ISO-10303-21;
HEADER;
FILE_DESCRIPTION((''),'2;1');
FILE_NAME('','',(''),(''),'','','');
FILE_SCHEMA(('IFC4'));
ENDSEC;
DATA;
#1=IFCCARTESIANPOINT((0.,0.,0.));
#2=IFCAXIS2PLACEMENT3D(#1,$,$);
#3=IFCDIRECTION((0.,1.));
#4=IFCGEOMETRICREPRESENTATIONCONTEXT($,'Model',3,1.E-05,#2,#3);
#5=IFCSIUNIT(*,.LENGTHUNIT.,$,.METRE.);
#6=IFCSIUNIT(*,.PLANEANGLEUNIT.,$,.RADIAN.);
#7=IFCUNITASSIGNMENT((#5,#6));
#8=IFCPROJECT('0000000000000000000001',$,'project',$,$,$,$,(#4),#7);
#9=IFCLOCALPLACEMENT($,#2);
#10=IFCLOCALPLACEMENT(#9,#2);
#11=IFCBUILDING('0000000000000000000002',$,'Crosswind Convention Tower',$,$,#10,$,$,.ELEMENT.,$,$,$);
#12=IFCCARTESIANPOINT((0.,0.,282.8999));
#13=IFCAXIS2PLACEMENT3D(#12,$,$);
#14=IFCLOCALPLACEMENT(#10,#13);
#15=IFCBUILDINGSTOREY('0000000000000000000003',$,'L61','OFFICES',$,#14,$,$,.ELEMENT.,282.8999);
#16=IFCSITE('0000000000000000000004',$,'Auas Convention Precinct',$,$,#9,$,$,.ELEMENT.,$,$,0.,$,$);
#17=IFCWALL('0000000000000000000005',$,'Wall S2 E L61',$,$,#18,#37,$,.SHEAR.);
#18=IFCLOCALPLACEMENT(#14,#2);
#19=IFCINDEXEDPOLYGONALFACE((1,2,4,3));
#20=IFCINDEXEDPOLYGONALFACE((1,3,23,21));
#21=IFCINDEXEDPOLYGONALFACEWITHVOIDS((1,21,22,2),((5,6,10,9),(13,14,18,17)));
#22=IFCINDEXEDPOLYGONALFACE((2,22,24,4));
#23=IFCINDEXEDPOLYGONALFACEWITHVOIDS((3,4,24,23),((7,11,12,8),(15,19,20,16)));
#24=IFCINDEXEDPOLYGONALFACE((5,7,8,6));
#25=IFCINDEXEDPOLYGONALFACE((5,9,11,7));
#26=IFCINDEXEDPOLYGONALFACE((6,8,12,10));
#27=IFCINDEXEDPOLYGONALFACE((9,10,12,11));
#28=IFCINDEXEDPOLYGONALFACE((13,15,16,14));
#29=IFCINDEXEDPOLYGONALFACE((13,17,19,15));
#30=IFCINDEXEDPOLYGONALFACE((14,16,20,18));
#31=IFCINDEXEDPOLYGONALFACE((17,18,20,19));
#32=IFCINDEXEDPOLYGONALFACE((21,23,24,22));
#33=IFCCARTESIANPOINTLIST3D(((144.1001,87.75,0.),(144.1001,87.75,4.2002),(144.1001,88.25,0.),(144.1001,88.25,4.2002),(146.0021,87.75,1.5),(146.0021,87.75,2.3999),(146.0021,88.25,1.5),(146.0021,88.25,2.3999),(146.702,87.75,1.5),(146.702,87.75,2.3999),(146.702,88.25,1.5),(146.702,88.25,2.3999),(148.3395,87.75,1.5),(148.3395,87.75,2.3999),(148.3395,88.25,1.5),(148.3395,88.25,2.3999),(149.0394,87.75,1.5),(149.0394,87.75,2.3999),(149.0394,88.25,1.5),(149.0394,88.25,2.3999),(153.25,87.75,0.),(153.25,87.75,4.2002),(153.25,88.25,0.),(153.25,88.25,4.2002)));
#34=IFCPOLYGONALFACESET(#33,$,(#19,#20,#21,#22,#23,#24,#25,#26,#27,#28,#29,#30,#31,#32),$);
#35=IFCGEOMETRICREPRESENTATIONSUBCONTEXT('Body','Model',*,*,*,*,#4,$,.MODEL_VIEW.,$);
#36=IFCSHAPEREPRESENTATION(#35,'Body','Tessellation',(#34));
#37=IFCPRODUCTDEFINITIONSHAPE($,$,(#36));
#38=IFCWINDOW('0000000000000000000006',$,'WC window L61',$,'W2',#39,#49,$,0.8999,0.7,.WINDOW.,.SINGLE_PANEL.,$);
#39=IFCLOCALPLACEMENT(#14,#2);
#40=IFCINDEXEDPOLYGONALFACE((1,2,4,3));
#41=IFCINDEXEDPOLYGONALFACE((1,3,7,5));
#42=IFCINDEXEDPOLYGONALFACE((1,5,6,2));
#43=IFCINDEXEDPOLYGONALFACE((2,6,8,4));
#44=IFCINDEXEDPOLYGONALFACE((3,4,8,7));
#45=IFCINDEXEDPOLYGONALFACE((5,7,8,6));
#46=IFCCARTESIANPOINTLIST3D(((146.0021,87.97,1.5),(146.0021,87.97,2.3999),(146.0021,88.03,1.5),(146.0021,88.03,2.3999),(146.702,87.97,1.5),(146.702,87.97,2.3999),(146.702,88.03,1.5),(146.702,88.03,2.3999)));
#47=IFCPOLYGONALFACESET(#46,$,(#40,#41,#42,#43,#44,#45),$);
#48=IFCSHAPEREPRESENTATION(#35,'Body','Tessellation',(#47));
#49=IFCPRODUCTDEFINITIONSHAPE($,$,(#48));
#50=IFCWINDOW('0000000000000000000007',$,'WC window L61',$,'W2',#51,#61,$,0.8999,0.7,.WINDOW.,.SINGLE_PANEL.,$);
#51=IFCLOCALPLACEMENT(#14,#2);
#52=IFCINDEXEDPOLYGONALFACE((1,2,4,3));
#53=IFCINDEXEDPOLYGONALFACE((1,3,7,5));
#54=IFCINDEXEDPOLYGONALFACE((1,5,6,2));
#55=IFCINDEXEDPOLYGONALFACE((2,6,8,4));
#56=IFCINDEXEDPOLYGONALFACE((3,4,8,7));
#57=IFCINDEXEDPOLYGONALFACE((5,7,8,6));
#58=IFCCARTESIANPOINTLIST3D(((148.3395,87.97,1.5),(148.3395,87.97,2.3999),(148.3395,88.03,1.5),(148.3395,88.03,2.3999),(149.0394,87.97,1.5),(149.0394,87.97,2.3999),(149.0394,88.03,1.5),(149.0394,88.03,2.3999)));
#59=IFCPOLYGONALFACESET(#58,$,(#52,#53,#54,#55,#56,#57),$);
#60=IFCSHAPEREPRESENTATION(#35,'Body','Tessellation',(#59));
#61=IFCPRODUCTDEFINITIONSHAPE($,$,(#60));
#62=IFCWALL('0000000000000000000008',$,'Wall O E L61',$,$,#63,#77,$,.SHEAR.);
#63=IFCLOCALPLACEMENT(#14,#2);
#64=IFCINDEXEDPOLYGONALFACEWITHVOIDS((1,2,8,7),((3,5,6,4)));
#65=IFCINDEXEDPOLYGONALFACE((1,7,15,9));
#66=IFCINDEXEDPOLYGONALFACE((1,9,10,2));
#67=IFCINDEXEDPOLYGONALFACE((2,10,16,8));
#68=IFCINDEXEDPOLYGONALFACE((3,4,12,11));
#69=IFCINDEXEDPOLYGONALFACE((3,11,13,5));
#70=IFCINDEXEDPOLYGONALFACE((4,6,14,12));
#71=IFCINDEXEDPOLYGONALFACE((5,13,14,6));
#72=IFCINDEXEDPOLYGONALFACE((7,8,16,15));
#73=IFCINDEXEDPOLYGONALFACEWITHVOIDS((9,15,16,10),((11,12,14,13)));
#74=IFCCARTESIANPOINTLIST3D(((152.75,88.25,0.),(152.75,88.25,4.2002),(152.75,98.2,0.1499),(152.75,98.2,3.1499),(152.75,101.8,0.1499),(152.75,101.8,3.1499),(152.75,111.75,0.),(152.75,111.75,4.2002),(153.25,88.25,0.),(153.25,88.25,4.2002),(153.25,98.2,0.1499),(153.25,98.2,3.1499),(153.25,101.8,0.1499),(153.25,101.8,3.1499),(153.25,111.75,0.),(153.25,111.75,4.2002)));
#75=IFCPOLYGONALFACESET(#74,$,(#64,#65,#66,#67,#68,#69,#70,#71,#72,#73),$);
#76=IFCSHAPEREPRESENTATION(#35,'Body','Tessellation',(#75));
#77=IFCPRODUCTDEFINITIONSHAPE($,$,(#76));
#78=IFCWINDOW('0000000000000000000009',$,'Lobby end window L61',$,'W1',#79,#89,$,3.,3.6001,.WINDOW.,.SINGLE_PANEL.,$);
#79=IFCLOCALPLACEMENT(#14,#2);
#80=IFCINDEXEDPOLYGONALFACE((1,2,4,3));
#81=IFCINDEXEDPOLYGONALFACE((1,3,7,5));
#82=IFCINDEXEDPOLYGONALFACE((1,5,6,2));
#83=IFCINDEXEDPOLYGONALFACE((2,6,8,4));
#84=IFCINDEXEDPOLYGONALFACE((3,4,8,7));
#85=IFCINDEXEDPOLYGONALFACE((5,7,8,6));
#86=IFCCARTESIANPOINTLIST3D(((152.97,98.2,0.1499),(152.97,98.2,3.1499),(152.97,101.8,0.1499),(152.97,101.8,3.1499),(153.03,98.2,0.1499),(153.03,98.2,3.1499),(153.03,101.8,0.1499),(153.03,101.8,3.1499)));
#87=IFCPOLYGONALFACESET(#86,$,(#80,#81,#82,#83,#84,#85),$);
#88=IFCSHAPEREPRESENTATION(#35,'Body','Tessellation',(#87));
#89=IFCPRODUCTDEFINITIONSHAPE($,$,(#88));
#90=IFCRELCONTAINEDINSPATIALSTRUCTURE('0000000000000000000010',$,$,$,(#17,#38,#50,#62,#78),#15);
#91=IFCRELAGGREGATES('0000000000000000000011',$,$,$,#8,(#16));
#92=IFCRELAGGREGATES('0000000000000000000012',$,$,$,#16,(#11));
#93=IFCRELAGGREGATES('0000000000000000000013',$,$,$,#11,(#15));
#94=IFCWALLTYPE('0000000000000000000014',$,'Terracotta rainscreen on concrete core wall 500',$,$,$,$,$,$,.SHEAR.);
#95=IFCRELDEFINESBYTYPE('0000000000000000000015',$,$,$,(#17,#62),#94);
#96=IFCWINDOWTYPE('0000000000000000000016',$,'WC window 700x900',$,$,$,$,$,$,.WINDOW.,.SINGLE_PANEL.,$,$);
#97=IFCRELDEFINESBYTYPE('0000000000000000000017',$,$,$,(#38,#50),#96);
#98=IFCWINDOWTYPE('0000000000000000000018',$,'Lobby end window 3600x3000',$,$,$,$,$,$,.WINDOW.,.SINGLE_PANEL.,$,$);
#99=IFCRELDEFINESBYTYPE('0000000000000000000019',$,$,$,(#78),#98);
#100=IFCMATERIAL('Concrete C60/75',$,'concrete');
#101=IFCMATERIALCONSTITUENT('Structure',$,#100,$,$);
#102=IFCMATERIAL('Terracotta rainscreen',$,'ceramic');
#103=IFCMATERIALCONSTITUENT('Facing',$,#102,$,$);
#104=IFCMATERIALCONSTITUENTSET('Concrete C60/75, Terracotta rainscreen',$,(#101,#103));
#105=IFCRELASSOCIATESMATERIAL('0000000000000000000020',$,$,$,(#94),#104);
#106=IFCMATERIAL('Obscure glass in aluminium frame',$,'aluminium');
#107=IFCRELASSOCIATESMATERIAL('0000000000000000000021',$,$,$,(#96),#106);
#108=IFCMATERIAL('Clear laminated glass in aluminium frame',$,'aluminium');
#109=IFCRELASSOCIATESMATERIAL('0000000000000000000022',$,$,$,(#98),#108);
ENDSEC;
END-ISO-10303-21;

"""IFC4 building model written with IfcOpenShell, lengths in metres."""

from ifc_helpers import new_model, si_unit, direction, frame, frame_2d, origin, place, context, subcontext, project, spatial, rectangle, extrude, material, constituent, constituent_set, type_object, element, fill, save


model = new_model("IFC4")

# Units and contexts
model_context = context("Model", 3, precision=1e-05, world=origin(), true_north=direction((0.0, 1.0)))
body_context = subcontext(model_context, "Body", "Model", "MODEL_VIEW")
ifc_project = project(units=[si_unit("LENGTHUNIT", "METRE"), si_unit("PLANEANGLEUNIT", "RADIAN")], contexts=[model_context])

# Site, building, storey
site_placement = place(None, origin())
site = spatial("IfcSite", under=ifc_project, at=site_placement, Name="Auas Convention Precinct", CompositionType="ELEMENT", RefElevation=0.0)
building_placement = place(site_placement, origin())
building = spatial("IfcBuilding", under=site, at=building_placement, Name="Crosswind Convention Tower", CompositionType="ELEMENT")
storey_placement = place(building_placement, frame((0.0, 0.0, 282.8999)))
storey = spatial("IfcBuildingStorey", under=building, at=storey_placement, Name="L61", Description="OFFICES", CompositionType="ELEMENT", Elevation=282.8999)

# Wall, openings, windows
ifc_material_1 = material(Name="Concrete C60/75", Category="concrete")
ifc_constituent_1 = constituent(ifc_material_1, Name="Structure")
ifc_material_2 = material(Name="Terracotta rainscreen", Category="ceramic")
ifc_constituent_2 = constituent(ifc_material_2, Name="Facing")
ifc_constituent_set = constituent_set(constituents=[ifc_constituent_1, ifc_constituent_2], Name="Concrete C60/75, Terracotta rainscreen")
wall_type_1 = type_object("IfcWallType", Name="Terracotta rainscreen on concrete core wall 500", PredefinedType="SHEAR", material=ifc_constituent_set)
wall_1_placement = place(storey_placement, frame((144.1001, 88.0, 0.0), z_axis=(0.0, 0.0, 1.0), x_axis=(1.0, 0.0, 0.0)))
wall_1 = element("IfcWall", 1, at=wall_1_placement, inside=storey, type_object=wall_type_1, Name="Wall S2 E L61", PredefinedType="SHEAR", context=body_context, shape_type="SweptSolid", body=[
    extrude(rectangle(XDim=9.1499, YDim=0.5, at=frame_2d((4.575, 0.0))), origin(), (0.0, 0.0, 1.0), 4.2002),
])
opening_1_placement = place(wall_1_placement, frame((1.9019, 0.0, 1.5)))
opening_1 = element("IfcOpeningElement", 2, at=opening_1_placement, cuts=wall_1, PredefinedType="OPENING", context=body_context, shape_type="SweptSolid", body=[
    extrude(rectangle(XDim=0.7, YDim=0.8999, at=frame_2d((0.3501, 0.45))), frame((0.0, 0.26, 0.0), z_axis=(0.0, -1.0, 0.0), x_axis=(1.0, 0.0, 0.0)), (0.0, 0.0, 1.0), 0.52),
])
opening_2_placement = place(wall_1_placement, frame((4.2393, 0.0, 1.5)))
opening_2 = element("IfcOpeningElement", 3, at=opening_2_placement, cuts=wall_1, PredefinedType="OPENING", context=body_context, shape_type="SweptSolid", body=[
    extrude(rectangle(XDim=0.7, YDim=0.8999, at=frame_2d((0.3501, 0.45))), frame((0.0, 0.26, 0.0), z_axis=(0.0, -1.0, 0.0), x_axis=(1.0, 0.0, 0.0)), (0.0, 0.0, 1.0), 0.52),
])
ifc_material_3 = material(Name="Obscure glass in aluminium frame", Category="aluminium")
window_type_1 = type_object("IfcWindowType", Name="WC window 700x900", PartitioningType="SINGLE_PANEL", PredefinedType="WINDOW", material=ifc_material_3)
window_1_placement = place(opening_1_placement, origin())
window_1 = element("IfcWindow", 4, at=window_1_placement, inside=storey, type_object=window_type_1, Name="WC window L61", ObjectType="W2", OverallHeight=0.8999, OverallWidth=0.7, PartitioningType="SINGLE_PANEL", PredefinedType="WINDOW", context=body_context, shape_type="SweptSolid", body=[
    extrude(rectangle(XDim=0.7, YDim=0.8999, at=frame_2d((0.3501, 0.45))), frame((0.0, 0.03, 0.0), z_axis=(0.0, -1.0, 0.0), x_axis=(1.0, 0.0, 0.0)), (0.0, 0.0, 1.0), 0.0601),
])
fill(opening_1, window_1)
window_2_placement = place(opening_2_placement, origin())
window_2 = element("IfcWindow", 5, at=window_2_placement, inside=storey, type_object=window_type_1, Name="WC window L61", ObjectType="W2", OverallHeight=0.8999, OverallWidth=0.7, PartitioningType="SINGLE_PANEL", PredefinedType="WINDOW", context=body_context, shape_type="SweptSolid", body=[
    extrude(rectangle(XDim=0.7, YDim=0.8999, at=frame_2d((0.3501, 0.45))), frame((0.0, 0.03, 0.0), z_axis=(0.0, -1.0, 0.0), x_axis=(1.0, 0.0, 0.0)), (0.0, 0.0, 1.0), 0.0601),
])
fill(opening_2, window_2)

# Wall, opening, window
wall_2_placement = place(storey_placement, frame((153.0, 88.25, 0.0), z_axis=(0.0, 0.0, 1.0), x_axis=(0.0, 1.0, 0.0)))
wall_2 = element("IfcWall", 6, at=wall_2_placement, inside=storey, type_object=wall_type_1, Name="Wall O E L61", PredefinedType="SHEAR", context=body_context, shape_type="SweptSolid", body=[
    extrude(rectangle(XDim=23.5, YDim=0.5, at=frame_2d((11.75, 0.0))), origin(), (0.0, 0.0, 1.0), 4.2002),
])
opening_3_placement = place(wall_2_placement, frame((9.95, 0.0, 0.1499)))
opening_3 = element("IfcOpeningElement", 7, at=opening_3_placement, cuts=wall_2, PredefinedType="OPENING", context=body_context, shape_type="SweptSolid", body=[
    extrude(rectangle(XDim=3.6001, YDim=3.0, at=frame_2d((1.8, 1.5))), frame((0.0, 0.26, 0.0), z_axis=(0.0, -1.0, 0.0), x_axis=(1.0, 0.0, 0.0)), (0.0, 0.0, 1.0), 0.52),
])
ifc_material_4 = material(Name="Clear laminated glass in aluminium frame", Category="aluminium")
window_type_2 = type_object("IfcWindowType", Name="Lobby end window 3600x3000", PartitioningType="SINGLE_PANEL", PredefinedType="WINDOW", material=ifc_material_4)
window_3_placement = place(opening_3_placement, origin())
window_3 = element("IfcWindow", 8, at=window_3_placement, inside=storey, type_object=window_type_2, Name="Lobby end window L61", ObjectType="W1", OverallHeight=3.0, OverallWidth=3.6001, PartitioningType="SINGLE_PANEL", PredefinedType="WINDOW", context=body_context, shape_type="SweptSolid", body=[
    extrude(rectangle(XDim=3.6001, YDim=3.0, at=frame_2d((1.8, 1.5))), frame((0.0, 0.03, 0.0), z_axis=(0.0, -1.0, 0.0), x_axis=(1.0, 0.0, 0.0)), (0.0, 0.0, 1.0), 0.0601),
])
fill(opening_3, window_3)

save(model, "model.ifc")
